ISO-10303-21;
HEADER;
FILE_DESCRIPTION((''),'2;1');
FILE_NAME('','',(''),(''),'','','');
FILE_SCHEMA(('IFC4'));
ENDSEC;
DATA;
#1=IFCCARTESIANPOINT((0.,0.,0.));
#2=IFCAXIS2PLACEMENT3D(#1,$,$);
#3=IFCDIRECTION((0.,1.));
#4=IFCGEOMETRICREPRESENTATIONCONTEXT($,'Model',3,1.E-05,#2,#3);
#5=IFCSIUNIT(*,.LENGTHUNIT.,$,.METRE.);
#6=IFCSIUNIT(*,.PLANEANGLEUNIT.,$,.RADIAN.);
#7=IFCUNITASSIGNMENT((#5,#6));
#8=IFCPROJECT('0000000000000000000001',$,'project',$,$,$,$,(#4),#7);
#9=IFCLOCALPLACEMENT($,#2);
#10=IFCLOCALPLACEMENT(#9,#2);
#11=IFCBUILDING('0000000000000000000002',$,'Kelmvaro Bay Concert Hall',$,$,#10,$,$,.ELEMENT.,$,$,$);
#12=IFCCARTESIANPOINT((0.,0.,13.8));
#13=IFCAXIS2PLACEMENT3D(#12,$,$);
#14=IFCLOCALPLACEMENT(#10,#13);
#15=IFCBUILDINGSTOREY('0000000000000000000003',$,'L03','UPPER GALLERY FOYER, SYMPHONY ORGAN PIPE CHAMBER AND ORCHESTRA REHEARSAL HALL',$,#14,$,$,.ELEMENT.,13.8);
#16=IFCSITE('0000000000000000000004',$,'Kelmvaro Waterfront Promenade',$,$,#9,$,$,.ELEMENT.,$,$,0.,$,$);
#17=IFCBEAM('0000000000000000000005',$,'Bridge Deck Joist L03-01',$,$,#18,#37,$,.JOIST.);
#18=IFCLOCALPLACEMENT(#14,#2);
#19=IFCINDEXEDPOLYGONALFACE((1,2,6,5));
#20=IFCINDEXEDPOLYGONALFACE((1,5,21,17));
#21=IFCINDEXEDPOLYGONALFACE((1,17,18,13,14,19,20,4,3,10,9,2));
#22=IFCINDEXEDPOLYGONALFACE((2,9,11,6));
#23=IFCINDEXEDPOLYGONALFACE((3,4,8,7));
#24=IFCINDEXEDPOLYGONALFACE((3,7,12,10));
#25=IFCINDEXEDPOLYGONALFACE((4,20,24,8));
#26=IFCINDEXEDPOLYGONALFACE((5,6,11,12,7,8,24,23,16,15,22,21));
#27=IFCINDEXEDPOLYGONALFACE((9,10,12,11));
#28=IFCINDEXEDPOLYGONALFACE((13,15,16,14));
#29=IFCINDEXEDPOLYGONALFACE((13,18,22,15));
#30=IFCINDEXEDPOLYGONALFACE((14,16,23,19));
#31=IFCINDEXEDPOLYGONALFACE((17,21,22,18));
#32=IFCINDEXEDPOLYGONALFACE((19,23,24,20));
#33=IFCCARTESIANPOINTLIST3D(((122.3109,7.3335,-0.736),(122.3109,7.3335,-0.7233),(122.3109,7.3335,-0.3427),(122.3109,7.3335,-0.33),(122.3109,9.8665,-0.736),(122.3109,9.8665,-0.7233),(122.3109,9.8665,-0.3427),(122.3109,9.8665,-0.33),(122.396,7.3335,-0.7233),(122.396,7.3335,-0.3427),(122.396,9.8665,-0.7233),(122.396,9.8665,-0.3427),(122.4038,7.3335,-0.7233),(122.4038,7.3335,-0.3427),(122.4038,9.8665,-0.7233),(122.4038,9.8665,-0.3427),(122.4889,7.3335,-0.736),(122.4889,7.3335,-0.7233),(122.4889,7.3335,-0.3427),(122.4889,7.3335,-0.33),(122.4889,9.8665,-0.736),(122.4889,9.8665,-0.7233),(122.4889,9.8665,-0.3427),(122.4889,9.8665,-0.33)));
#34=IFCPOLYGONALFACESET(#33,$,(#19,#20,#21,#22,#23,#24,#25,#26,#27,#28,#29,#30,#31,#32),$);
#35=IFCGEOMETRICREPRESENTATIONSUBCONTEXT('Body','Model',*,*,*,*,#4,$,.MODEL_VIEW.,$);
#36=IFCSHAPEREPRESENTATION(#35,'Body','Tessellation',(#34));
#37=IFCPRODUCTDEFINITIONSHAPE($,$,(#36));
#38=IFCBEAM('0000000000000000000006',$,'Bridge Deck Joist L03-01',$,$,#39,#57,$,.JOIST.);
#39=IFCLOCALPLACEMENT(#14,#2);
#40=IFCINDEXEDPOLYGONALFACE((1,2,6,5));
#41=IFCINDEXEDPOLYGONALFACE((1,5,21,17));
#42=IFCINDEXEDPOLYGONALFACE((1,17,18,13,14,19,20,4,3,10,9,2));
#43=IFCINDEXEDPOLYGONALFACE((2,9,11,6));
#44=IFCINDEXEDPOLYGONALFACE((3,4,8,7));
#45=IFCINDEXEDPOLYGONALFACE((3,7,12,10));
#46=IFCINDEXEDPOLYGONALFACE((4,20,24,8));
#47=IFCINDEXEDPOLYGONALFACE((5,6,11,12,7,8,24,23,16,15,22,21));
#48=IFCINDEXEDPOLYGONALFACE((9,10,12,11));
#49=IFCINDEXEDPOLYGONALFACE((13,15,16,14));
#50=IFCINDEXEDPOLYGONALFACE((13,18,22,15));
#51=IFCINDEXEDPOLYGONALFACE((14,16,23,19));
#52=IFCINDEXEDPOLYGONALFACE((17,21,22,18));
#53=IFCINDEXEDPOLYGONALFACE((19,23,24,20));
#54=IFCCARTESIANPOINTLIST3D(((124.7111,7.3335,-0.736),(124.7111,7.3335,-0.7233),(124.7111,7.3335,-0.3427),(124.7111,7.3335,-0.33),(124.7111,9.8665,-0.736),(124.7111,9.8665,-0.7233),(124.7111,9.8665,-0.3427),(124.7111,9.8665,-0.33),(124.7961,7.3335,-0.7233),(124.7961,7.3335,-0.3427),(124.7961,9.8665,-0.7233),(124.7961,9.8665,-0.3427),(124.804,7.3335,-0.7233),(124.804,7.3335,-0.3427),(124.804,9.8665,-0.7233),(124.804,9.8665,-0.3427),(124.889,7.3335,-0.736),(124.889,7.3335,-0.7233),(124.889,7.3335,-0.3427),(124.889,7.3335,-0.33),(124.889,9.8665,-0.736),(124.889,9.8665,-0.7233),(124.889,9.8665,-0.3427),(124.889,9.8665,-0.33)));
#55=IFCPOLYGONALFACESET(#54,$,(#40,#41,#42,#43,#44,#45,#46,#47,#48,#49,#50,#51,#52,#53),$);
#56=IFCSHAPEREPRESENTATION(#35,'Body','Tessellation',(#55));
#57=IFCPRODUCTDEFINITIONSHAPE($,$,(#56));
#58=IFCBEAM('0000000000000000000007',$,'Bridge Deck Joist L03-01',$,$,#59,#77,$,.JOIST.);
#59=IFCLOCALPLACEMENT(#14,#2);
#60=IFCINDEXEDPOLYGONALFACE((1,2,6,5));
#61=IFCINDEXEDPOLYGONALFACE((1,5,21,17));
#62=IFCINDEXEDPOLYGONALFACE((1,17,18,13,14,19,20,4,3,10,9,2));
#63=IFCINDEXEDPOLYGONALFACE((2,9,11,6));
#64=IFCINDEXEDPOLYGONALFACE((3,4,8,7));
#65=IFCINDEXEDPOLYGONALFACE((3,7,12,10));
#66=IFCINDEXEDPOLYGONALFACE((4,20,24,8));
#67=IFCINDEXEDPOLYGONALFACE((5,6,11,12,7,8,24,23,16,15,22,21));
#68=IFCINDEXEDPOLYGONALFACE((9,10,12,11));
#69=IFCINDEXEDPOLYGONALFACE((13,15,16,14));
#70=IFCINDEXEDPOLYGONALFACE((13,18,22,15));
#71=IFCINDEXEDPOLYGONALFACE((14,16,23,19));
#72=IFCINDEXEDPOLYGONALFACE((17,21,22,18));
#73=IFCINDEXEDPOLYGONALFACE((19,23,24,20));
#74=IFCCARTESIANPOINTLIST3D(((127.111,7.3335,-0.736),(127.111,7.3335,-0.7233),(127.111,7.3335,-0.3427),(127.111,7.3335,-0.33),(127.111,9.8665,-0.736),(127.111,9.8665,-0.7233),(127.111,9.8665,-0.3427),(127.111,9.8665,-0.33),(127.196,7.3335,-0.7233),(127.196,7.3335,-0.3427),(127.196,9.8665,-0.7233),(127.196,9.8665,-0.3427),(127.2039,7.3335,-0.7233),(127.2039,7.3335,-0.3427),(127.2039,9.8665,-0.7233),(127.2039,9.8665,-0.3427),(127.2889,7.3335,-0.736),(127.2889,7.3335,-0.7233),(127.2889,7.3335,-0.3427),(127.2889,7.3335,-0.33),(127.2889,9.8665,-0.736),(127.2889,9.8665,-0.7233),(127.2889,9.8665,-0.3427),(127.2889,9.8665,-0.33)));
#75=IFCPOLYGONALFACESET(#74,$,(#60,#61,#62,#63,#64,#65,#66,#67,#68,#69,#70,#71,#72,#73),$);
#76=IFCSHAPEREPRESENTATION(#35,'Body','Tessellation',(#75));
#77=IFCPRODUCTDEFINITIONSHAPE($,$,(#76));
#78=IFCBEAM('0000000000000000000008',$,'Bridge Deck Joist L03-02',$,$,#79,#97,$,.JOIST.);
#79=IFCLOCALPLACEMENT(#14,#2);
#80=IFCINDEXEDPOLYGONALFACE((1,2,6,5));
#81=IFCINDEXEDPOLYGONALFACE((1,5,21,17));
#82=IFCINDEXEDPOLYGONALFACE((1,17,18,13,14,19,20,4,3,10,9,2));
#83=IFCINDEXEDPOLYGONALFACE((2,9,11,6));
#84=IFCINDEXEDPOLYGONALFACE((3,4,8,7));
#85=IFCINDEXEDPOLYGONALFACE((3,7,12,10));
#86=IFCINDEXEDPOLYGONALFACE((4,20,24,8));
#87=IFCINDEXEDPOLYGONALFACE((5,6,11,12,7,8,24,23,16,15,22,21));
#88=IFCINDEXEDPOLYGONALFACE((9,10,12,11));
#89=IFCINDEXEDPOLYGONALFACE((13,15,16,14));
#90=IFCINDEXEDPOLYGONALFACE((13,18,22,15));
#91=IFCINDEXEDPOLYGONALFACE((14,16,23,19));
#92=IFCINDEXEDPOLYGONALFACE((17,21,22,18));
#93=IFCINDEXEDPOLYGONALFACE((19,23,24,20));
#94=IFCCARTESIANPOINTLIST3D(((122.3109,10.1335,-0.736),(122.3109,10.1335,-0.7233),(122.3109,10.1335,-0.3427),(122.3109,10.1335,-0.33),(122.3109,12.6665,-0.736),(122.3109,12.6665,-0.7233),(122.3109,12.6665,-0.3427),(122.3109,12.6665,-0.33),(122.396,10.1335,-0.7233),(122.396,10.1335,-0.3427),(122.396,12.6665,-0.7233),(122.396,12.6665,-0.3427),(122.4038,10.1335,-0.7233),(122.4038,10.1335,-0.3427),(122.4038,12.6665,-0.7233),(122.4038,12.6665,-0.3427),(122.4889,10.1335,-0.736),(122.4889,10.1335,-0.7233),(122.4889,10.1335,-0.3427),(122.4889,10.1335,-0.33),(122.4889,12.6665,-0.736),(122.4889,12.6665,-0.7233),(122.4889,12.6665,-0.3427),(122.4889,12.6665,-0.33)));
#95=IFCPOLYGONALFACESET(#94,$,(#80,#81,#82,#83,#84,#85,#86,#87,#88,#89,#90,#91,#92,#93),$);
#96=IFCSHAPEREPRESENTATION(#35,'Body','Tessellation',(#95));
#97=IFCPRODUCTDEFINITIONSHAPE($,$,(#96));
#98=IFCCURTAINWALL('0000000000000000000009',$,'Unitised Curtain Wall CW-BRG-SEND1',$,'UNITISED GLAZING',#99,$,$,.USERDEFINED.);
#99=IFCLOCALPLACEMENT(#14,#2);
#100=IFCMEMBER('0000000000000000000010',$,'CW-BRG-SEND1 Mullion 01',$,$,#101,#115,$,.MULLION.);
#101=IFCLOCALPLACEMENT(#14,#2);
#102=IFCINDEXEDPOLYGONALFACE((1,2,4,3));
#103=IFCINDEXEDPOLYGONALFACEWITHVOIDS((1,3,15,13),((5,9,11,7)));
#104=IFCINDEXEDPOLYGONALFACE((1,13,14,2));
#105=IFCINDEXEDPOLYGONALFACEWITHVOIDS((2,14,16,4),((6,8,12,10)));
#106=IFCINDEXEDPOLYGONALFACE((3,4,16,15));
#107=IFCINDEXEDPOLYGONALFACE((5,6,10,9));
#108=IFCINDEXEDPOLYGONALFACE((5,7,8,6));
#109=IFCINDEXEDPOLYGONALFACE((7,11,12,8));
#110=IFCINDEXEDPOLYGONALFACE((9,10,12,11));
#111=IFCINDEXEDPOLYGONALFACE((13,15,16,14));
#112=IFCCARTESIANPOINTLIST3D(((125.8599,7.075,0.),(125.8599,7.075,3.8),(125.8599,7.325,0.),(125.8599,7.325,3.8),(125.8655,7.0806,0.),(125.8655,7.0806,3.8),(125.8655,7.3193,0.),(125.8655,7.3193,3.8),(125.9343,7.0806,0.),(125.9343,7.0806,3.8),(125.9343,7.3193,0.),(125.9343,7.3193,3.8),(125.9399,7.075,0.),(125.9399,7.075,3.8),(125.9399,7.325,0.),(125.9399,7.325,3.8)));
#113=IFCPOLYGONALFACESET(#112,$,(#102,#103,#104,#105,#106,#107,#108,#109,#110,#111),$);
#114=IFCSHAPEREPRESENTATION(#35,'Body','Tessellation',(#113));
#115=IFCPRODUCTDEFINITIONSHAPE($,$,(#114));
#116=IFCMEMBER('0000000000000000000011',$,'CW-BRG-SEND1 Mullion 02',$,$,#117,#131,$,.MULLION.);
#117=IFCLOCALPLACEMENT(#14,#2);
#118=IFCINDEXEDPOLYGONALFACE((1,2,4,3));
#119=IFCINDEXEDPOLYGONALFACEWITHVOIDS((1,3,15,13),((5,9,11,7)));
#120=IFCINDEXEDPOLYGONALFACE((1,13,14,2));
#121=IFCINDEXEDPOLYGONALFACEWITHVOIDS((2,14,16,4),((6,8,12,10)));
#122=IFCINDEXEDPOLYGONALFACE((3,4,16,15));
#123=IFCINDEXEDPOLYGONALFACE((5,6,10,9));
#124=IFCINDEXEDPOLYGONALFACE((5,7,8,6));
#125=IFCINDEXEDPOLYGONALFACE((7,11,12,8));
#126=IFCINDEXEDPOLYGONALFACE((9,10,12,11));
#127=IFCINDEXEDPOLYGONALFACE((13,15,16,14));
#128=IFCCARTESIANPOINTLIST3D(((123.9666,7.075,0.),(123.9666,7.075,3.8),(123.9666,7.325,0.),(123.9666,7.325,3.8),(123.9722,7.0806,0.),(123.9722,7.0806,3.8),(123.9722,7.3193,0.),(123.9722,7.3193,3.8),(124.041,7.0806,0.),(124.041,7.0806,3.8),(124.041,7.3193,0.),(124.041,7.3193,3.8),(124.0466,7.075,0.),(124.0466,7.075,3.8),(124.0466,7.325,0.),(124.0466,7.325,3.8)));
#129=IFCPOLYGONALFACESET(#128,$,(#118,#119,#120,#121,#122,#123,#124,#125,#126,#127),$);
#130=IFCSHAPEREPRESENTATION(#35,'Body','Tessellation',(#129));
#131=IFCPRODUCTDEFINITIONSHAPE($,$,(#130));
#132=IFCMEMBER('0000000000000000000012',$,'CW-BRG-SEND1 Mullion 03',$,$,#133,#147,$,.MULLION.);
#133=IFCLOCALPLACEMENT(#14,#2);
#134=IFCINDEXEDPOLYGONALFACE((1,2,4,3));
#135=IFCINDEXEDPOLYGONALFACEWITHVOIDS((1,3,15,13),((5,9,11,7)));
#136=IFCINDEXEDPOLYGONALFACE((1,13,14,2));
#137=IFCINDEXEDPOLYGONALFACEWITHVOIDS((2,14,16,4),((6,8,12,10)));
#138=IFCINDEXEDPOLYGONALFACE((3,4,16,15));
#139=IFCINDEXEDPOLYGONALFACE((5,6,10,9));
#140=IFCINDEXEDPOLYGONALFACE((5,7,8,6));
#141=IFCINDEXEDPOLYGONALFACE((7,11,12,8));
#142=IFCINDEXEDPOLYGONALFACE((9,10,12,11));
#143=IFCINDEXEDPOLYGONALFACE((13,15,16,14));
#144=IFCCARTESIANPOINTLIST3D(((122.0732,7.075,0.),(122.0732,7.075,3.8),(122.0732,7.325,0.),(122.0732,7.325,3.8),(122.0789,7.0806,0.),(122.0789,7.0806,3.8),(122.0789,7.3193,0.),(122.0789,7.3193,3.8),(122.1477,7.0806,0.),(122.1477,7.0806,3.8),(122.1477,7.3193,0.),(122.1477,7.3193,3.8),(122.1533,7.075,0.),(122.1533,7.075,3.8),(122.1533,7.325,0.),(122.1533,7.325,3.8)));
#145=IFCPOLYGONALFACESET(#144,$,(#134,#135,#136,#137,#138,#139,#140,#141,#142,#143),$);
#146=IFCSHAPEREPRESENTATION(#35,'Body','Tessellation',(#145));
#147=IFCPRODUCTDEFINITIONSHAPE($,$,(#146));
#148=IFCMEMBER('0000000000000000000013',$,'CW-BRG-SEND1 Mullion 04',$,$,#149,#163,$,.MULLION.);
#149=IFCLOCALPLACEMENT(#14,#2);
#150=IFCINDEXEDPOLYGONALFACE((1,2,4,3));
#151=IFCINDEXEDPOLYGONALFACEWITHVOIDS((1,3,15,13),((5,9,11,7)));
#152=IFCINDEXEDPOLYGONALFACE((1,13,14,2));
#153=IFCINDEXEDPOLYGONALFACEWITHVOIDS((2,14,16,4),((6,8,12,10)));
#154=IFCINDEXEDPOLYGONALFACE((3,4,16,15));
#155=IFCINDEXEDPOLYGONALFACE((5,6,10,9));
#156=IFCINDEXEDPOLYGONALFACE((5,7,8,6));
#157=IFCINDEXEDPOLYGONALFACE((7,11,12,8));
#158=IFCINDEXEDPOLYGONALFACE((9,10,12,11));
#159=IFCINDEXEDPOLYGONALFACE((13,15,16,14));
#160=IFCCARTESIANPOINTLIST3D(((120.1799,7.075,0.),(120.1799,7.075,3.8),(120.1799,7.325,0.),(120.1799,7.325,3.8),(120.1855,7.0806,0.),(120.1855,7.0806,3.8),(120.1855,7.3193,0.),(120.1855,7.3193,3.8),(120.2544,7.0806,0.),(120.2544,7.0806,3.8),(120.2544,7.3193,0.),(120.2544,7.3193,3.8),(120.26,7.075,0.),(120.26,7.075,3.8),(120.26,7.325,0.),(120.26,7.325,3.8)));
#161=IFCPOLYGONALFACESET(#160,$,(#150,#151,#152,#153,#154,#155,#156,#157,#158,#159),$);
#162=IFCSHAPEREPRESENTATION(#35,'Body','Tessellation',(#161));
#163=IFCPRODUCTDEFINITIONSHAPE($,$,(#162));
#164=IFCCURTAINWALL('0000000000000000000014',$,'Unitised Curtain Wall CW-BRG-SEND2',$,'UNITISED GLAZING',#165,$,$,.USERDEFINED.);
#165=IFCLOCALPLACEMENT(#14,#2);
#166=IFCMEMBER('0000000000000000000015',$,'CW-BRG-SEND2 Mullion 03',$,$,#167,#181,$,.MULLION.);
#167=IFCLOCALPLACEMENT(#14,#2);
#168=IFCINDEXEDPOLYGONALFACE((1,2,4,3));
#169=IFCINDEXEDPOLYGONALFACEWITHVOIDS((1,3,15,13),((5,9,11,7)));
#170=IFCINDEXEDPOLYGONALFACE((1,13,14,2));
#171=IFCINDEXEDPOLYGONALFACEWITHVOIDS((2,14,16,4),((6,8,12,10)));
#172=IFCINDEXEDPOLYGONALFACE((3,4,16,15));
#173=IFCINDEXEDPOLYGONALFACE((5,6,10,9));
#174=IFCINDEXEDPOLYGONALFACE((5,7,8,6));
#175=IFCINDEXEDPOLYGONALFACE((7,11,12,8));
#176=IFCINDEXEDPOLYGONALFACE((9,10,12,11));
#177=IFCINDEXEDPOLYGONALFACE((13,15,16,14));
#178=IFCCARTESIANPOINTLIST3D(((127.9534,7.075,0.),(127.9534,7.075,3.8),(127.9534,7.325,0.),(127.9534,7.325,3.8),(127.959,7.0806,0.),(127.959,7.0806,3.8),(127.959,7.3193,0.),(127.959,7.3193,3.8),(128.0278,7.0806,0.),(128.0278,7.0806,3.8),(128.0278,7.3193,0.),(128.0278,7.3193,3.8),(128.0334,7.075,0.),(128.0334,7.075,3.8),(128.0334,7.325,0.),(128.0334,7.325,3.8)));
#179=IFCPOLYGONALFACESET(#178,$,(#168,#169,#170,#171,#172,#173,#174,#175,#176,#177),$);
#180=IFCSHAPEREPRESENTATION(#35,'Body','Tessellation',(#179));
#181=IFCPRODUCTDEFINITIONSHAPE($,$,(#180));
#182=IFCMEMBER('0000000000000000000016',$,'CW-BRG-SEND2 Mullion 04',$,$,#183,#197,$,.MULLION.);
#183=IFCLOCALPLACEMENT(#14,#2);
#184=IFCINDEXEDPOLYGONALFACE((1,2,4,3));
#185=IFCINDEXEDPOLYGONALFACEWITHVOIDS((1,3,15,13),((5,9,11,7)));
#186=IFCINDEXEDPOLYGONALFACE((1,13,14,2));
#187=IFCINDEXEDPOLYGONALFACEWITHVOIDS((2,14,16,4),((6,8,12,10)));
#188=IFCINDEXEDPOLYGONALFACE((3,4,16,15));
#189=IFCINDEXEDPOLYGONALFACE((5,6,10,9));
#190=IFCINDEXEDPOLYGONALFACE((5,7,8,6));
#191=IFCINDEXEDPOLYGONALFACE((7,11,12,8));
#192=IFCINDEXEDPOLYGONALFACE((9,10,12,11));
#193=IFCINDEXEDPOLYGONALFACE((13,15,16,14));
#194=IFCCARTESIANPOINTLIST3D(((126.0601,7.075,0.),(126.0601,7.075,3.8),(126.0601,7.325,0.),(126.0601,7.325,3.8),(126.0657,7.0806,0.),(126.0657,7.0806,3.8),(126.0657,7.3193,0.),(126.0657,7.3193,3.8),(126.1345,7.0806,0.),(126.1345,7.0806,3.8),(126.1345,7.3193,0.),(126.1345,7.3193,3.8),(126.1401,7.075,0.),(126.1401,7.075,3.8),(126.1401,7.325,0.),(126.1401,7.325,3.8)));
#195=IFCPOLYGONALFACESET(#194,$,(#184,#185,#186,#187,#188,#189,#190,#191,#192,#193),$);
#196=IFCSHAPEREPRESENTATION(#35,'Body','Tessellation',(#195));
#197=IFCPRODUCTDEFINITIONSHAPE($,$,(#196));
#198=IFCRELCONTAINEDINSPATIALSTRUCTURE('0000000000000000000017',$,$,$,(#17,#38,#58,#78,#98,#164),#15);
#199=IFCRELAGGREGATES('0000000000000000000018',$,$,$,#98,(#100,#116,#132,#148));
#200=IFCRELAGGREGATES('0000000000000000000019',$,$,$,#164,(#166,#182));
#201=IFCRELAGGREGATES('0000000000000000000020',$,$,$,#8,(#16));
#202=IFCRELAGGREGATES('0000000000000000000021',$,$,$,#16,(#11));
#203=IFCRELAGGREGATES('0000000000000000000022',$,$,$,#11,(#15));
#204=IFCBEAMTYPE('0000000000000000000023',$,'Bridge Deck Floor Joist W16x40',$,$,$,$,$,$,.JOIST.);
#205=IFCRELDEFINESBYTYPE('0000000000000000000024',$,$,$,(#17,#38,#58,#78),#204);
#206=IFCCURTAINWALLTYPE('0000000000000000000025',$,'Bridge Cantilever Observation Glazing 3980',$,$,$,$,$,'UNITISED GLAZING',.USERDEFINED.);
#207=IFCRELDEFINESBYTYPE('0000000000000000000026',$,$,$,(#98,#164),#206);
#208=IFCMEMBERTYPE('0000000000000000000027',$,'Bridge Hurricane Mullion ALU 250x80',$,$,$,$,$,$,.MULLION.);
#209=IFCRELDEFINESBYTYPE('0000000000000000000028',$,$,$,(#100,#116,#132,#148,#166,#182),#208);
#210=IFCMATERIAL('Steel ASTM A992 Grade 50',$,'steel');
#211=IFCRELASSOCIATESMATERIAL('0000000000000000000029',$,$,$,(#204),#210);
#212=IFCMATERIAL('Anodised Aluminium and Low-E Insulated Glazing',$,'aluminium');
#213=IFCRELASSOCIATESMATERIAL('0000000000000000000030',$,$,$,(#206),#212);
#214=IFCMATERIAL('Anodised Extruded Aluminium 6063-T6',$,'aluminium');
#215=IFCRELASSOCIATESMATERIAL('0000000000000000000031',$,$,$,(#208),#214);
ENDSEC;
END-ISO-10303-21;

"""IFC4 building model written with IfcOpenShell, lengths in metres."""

from ifc_helpers import new_model, si_unit, direction, frame, origin, origin_2d, place, context, subcontext, project, spatial, hollow_rectangle, i_section, extrude, material, material_profile, profile_set, type_object, element, aggregate, save


model = new_model("IFC4")

# Units and contexts
model_context = context("Model", 3, precision=1e-05, world=origin(), true_north=direction((0.0, 1.0)))
body_context = subcontext(model_context, "Body", "Model", "MODEL_VIEW")
ifc_project = project(units=[si_unit("LENGTHUNIT", "METRE"), si_unit("PLANEANGLEUNIT", "RADIAN")], contexts=[model_context])

# Site, building, storey
site_placement = place(None, origin())
site = spatial("IfcSite", under=ifc_project, at=site_placement, Name="Kelmvaro Waterfront Promenade", CompositionType="ELEMENT", RefElevation=0.0)
building_placement = place(site_placement, origin())
building = spatial("IfcBuilding", under=site, at=building_placement, Name="Kelmvaro Bay Concert Hall", CompositionType="ELEMENT")
storey_placement = place(building_placement, frame((0.0, 0.0, 13.8)))
storey = spatial("IfcBuildingStorey", under=building, at=storey_placement, Name="L03", Description="UPPER GALLERY FOYER, SYMPHONY ORGAN PIPE CHAMBER AND ORCHESTRA REHEARSAL HALL", CompositionType="ELEMENT", Elevation=13.8)

# Beams
ifc_material_1 = material(Name="Steel ASTM A992 Grade 50", Category="steel")
ifc_material_profile_1 = material_profile(ifc_material_1, i_section(OverallWidth=0.178, OverallDepth=0.406, WebThickness=0.0078, FlangeThickness=0.0127, at=origin_2d()), Name="W16X40")
ifc_profile_set_1 = profile_set([ifc_material_profile_1], Name="Steel ASTM A992 Grade 50")
beam_type_1 = type_object("IfcBeamType", Name="Bridge Deck Floor Joist W16x40", PredefinedType="JOIST", material=ifc_profile_set_1)
for number, where, z_axis, x_axis, name in (
    (1, (122.3999, 7.3335, -0.533), (0.0, 1.0, 0.0), (-1.0, 0.0, 0.0), "Bridge Deck Joist L03-01"),
    (2, (124.8, 7.3335, -0.533), (0.0, 1.0, 0.0), (-1.0, 0.0, 0.0), "Bridge Deck Joist L03-01"),
    (3, (127.2, 7.3335, -0.533), (0.0, 1.0, 0.0), (-1.0, 0.0, 0.0), "Bridge Deck Joist L03-01"),
    (4, (122.3999, 10.1335, -0.533), (0.0, 1.0, 0.0), (-1.0, 0.0, 0.0), "Bridge Deck Joist L03-02"),
):
    element("IfcBeam", number, at=place(storey_placement, frame(where, z_axis=z_axis, x_axis=x_axis)), inside=storey, type_object=beam_type_1, Name=name, PredefinedType="JOIST", context=body_context, shape_type="SweptSolid", body=[
        extrude(i_section(OverallWidth=0.178, OverallDepth=0.406, WebThickness=0.0078, FlangeThickness=0.0127, at=origin_2d()), origin(), (0.0, 0.0, 1.0), 2.533),
    ])

# Curtain walls, members
ifc_material_2 = material(Name="Anodised Aluminium and Low-E Insulated Glazing", Category="aluminium")
curtain_wall_type = type_object("IfcCurtainWallType", Name="Bridge Cantilever Observation Glazing 3980", ElementType="UNITISED GLAZING", PredefinedType="USERDEFINED", material=ifc_material_2)
curtain_wall_1_placement = place(storey_placement, origin())
curtain_wall_1 = element("IfcCurtainWall", 5, at=curtain_wall_1_placement, inside=storey, type_object=curtain_wall_type, Name="Unitised Curtain Wall CW-BRG-SEND1", ObjectType="UNITISED GLAZING", PredefinedType="USERDEFINED")
ifc_material_3 = material(Name="Anodised Extruded Aluminium 6063-T6", Category="aluminium")
ifc_material_profile_2 = material_profile(ifc_material_3, hollow_rectangle(XDim=0.0801, YDim=0.25, WallThickness=0.0056, at=origin_2d()), Name="ALU-MUL-250X80")
ifc_profile_set_2 = profile_set([ifc_material_profile_2], Name="Anodised Extruded Aluminium 6063-T6")
member_type_1 = type_object("IfcMemberType", Name="Bridge Hurricane Mullion ALU 250x80", PredefinedType="MULLION", material=ifc_profile_set_2)
member_1_placement = place(storey_placement, frame((125.8999, 7.2, 0.0), z_axis=(0.0, 0.0, 1.0), x_axis=(1.0, 0.0, 0.0)))
member_1 = element("IfcMember", 6, at=member_1_placement, type_object=member_type_1, Name="CW-BRG-SEND1 Mullion 01", PredefinedType="MULLION", context=body_context, shape_type="SweptSolid", body=[
    extrude(hollow_rectangle(XDim=0.0801, YDim=0.25, WallThickness=0.0056, at=origin_2d()), origin(), (0.0, 0.0, 1.0), 3.8),
])
member_2_placement = place(storey_placement, frame((124.0066, 7.2, 0.0), z_axis=(0.0, 0.0, 1.0), x_axis=(1.0, 0.0, 0.0)))
member_2 = element("IfcMember", 7, at=member_2_placement, type_object=member_type_1, Name="CW-BRG-SEND1 Mullion 02", PredefinedType="MULLION", context=body_context, shape_type="SweptSolid", body=[
    extrude(hollow_rectangle(XDim=0.0801, YDim=0.25, WallThickness=0.0056, at=origin_2d()), origin(), (0.0, 0.0, 1.0), 3.8),
])
member_3_placement = place(storey_placement, frame((122.1133, 7.2, 0.0), z_axis=(0.0, 0.0, 1.0), x_axis=(1.0, 0.0, 0.0)))
member_3 = element("IfcMember", 8, at=member_3_placement, type_object=member_type_1, Name="CW-BRG-SEND1 Mullion 03", PredefinedType="MULLION", context=body_context, shape_type="SweptSolid", body=[
    extrude(hollow_rectangle(XDim=0.0801, YDim=0.25, WallThickness=0.0056, at=origin_2d()), origin(), (0.0, 0.0, 1.0), 3.8),
])
member_4_placement = place(storey_placement, frame((120.22, 7.2, 0.0), z_axis=(0.0, 0.0, 1.0), x_axis=(1.0, 0.0, 0.0)))
member_4 = element("IfcMember", 9, at=member_4_placement, type_object=member_type_1, Name="CW-BRG-SEND1 Mullion 04", PredefinedType="MULLION", context=body_context, shape_type="SweptSolid", body=[
    extrude(hollow_rectangle(XDim=0.0801, YDim=0.25, WallThickness=0.0056, at=origin_2d()), origin(), (0.0, 0.0, 1.0), 3.8),
])
curtain_wall_2_placement = place(storey_placement, origin())
curtain_wall_2 = element("IfcCurtainWall", 10, at=curtain_wall_2_placement, inside=storey, type_object=curtain_wall_type, Name="Unitised Curtain Wall CW-BRG-SEND2", ObjectType="UNITISED GLAZING", PredefinedType="USERDEFINED")
member_5_placement = place(storey_placement, frame((127.9934, 7.2, 0.0), z_axis=(0.0, 0.0, 1.0), x_axis=(1.0, 0.0, 0.0)))
member_5 = element("IfcMember", 11, at=member_5_placement, type_object=member_type_1, Name="CW-BRG-SEND2 Mullion 03", PredefinedType="MULLION", context=body_context, shape_type="SweptSolid", body=[
    extrude(hollow_rectangle(XDim=0.0801, YDim=0.25, WallThickness=0.0056, at=origin_2d()), origin(), (0.0, 0.0, 1.0), 3.8),
])
member_6_placement = place(storey_placement, frame((126.1001, 7.2, 0.0), z_axis=(0.0, 0.0, 1.0), x_axis=(1.0, 0.0, 0.0)))
member_6 = element("IfcMember", 12, at=member_6_placement, type_object=member_type_1, Name="CW-BRG-SEND2 Mullion 04", PredefinedType="MULLION", context=body_context, shape_type="SweptSolid", body=[
    extrude(hollow_rectangle(XDim=0.0801, YDim=0.25, WallThickness=0.0056, at=origin_2d()), origin(), (0.0, 0.0, 1.0), 3.8),
])

aggregate(curtain_wall_1, [member_1, member_2, member_3, member_4])
aggregate(curtain_wall_2, [member_5, member_6])

save(model, "model.ifc")
